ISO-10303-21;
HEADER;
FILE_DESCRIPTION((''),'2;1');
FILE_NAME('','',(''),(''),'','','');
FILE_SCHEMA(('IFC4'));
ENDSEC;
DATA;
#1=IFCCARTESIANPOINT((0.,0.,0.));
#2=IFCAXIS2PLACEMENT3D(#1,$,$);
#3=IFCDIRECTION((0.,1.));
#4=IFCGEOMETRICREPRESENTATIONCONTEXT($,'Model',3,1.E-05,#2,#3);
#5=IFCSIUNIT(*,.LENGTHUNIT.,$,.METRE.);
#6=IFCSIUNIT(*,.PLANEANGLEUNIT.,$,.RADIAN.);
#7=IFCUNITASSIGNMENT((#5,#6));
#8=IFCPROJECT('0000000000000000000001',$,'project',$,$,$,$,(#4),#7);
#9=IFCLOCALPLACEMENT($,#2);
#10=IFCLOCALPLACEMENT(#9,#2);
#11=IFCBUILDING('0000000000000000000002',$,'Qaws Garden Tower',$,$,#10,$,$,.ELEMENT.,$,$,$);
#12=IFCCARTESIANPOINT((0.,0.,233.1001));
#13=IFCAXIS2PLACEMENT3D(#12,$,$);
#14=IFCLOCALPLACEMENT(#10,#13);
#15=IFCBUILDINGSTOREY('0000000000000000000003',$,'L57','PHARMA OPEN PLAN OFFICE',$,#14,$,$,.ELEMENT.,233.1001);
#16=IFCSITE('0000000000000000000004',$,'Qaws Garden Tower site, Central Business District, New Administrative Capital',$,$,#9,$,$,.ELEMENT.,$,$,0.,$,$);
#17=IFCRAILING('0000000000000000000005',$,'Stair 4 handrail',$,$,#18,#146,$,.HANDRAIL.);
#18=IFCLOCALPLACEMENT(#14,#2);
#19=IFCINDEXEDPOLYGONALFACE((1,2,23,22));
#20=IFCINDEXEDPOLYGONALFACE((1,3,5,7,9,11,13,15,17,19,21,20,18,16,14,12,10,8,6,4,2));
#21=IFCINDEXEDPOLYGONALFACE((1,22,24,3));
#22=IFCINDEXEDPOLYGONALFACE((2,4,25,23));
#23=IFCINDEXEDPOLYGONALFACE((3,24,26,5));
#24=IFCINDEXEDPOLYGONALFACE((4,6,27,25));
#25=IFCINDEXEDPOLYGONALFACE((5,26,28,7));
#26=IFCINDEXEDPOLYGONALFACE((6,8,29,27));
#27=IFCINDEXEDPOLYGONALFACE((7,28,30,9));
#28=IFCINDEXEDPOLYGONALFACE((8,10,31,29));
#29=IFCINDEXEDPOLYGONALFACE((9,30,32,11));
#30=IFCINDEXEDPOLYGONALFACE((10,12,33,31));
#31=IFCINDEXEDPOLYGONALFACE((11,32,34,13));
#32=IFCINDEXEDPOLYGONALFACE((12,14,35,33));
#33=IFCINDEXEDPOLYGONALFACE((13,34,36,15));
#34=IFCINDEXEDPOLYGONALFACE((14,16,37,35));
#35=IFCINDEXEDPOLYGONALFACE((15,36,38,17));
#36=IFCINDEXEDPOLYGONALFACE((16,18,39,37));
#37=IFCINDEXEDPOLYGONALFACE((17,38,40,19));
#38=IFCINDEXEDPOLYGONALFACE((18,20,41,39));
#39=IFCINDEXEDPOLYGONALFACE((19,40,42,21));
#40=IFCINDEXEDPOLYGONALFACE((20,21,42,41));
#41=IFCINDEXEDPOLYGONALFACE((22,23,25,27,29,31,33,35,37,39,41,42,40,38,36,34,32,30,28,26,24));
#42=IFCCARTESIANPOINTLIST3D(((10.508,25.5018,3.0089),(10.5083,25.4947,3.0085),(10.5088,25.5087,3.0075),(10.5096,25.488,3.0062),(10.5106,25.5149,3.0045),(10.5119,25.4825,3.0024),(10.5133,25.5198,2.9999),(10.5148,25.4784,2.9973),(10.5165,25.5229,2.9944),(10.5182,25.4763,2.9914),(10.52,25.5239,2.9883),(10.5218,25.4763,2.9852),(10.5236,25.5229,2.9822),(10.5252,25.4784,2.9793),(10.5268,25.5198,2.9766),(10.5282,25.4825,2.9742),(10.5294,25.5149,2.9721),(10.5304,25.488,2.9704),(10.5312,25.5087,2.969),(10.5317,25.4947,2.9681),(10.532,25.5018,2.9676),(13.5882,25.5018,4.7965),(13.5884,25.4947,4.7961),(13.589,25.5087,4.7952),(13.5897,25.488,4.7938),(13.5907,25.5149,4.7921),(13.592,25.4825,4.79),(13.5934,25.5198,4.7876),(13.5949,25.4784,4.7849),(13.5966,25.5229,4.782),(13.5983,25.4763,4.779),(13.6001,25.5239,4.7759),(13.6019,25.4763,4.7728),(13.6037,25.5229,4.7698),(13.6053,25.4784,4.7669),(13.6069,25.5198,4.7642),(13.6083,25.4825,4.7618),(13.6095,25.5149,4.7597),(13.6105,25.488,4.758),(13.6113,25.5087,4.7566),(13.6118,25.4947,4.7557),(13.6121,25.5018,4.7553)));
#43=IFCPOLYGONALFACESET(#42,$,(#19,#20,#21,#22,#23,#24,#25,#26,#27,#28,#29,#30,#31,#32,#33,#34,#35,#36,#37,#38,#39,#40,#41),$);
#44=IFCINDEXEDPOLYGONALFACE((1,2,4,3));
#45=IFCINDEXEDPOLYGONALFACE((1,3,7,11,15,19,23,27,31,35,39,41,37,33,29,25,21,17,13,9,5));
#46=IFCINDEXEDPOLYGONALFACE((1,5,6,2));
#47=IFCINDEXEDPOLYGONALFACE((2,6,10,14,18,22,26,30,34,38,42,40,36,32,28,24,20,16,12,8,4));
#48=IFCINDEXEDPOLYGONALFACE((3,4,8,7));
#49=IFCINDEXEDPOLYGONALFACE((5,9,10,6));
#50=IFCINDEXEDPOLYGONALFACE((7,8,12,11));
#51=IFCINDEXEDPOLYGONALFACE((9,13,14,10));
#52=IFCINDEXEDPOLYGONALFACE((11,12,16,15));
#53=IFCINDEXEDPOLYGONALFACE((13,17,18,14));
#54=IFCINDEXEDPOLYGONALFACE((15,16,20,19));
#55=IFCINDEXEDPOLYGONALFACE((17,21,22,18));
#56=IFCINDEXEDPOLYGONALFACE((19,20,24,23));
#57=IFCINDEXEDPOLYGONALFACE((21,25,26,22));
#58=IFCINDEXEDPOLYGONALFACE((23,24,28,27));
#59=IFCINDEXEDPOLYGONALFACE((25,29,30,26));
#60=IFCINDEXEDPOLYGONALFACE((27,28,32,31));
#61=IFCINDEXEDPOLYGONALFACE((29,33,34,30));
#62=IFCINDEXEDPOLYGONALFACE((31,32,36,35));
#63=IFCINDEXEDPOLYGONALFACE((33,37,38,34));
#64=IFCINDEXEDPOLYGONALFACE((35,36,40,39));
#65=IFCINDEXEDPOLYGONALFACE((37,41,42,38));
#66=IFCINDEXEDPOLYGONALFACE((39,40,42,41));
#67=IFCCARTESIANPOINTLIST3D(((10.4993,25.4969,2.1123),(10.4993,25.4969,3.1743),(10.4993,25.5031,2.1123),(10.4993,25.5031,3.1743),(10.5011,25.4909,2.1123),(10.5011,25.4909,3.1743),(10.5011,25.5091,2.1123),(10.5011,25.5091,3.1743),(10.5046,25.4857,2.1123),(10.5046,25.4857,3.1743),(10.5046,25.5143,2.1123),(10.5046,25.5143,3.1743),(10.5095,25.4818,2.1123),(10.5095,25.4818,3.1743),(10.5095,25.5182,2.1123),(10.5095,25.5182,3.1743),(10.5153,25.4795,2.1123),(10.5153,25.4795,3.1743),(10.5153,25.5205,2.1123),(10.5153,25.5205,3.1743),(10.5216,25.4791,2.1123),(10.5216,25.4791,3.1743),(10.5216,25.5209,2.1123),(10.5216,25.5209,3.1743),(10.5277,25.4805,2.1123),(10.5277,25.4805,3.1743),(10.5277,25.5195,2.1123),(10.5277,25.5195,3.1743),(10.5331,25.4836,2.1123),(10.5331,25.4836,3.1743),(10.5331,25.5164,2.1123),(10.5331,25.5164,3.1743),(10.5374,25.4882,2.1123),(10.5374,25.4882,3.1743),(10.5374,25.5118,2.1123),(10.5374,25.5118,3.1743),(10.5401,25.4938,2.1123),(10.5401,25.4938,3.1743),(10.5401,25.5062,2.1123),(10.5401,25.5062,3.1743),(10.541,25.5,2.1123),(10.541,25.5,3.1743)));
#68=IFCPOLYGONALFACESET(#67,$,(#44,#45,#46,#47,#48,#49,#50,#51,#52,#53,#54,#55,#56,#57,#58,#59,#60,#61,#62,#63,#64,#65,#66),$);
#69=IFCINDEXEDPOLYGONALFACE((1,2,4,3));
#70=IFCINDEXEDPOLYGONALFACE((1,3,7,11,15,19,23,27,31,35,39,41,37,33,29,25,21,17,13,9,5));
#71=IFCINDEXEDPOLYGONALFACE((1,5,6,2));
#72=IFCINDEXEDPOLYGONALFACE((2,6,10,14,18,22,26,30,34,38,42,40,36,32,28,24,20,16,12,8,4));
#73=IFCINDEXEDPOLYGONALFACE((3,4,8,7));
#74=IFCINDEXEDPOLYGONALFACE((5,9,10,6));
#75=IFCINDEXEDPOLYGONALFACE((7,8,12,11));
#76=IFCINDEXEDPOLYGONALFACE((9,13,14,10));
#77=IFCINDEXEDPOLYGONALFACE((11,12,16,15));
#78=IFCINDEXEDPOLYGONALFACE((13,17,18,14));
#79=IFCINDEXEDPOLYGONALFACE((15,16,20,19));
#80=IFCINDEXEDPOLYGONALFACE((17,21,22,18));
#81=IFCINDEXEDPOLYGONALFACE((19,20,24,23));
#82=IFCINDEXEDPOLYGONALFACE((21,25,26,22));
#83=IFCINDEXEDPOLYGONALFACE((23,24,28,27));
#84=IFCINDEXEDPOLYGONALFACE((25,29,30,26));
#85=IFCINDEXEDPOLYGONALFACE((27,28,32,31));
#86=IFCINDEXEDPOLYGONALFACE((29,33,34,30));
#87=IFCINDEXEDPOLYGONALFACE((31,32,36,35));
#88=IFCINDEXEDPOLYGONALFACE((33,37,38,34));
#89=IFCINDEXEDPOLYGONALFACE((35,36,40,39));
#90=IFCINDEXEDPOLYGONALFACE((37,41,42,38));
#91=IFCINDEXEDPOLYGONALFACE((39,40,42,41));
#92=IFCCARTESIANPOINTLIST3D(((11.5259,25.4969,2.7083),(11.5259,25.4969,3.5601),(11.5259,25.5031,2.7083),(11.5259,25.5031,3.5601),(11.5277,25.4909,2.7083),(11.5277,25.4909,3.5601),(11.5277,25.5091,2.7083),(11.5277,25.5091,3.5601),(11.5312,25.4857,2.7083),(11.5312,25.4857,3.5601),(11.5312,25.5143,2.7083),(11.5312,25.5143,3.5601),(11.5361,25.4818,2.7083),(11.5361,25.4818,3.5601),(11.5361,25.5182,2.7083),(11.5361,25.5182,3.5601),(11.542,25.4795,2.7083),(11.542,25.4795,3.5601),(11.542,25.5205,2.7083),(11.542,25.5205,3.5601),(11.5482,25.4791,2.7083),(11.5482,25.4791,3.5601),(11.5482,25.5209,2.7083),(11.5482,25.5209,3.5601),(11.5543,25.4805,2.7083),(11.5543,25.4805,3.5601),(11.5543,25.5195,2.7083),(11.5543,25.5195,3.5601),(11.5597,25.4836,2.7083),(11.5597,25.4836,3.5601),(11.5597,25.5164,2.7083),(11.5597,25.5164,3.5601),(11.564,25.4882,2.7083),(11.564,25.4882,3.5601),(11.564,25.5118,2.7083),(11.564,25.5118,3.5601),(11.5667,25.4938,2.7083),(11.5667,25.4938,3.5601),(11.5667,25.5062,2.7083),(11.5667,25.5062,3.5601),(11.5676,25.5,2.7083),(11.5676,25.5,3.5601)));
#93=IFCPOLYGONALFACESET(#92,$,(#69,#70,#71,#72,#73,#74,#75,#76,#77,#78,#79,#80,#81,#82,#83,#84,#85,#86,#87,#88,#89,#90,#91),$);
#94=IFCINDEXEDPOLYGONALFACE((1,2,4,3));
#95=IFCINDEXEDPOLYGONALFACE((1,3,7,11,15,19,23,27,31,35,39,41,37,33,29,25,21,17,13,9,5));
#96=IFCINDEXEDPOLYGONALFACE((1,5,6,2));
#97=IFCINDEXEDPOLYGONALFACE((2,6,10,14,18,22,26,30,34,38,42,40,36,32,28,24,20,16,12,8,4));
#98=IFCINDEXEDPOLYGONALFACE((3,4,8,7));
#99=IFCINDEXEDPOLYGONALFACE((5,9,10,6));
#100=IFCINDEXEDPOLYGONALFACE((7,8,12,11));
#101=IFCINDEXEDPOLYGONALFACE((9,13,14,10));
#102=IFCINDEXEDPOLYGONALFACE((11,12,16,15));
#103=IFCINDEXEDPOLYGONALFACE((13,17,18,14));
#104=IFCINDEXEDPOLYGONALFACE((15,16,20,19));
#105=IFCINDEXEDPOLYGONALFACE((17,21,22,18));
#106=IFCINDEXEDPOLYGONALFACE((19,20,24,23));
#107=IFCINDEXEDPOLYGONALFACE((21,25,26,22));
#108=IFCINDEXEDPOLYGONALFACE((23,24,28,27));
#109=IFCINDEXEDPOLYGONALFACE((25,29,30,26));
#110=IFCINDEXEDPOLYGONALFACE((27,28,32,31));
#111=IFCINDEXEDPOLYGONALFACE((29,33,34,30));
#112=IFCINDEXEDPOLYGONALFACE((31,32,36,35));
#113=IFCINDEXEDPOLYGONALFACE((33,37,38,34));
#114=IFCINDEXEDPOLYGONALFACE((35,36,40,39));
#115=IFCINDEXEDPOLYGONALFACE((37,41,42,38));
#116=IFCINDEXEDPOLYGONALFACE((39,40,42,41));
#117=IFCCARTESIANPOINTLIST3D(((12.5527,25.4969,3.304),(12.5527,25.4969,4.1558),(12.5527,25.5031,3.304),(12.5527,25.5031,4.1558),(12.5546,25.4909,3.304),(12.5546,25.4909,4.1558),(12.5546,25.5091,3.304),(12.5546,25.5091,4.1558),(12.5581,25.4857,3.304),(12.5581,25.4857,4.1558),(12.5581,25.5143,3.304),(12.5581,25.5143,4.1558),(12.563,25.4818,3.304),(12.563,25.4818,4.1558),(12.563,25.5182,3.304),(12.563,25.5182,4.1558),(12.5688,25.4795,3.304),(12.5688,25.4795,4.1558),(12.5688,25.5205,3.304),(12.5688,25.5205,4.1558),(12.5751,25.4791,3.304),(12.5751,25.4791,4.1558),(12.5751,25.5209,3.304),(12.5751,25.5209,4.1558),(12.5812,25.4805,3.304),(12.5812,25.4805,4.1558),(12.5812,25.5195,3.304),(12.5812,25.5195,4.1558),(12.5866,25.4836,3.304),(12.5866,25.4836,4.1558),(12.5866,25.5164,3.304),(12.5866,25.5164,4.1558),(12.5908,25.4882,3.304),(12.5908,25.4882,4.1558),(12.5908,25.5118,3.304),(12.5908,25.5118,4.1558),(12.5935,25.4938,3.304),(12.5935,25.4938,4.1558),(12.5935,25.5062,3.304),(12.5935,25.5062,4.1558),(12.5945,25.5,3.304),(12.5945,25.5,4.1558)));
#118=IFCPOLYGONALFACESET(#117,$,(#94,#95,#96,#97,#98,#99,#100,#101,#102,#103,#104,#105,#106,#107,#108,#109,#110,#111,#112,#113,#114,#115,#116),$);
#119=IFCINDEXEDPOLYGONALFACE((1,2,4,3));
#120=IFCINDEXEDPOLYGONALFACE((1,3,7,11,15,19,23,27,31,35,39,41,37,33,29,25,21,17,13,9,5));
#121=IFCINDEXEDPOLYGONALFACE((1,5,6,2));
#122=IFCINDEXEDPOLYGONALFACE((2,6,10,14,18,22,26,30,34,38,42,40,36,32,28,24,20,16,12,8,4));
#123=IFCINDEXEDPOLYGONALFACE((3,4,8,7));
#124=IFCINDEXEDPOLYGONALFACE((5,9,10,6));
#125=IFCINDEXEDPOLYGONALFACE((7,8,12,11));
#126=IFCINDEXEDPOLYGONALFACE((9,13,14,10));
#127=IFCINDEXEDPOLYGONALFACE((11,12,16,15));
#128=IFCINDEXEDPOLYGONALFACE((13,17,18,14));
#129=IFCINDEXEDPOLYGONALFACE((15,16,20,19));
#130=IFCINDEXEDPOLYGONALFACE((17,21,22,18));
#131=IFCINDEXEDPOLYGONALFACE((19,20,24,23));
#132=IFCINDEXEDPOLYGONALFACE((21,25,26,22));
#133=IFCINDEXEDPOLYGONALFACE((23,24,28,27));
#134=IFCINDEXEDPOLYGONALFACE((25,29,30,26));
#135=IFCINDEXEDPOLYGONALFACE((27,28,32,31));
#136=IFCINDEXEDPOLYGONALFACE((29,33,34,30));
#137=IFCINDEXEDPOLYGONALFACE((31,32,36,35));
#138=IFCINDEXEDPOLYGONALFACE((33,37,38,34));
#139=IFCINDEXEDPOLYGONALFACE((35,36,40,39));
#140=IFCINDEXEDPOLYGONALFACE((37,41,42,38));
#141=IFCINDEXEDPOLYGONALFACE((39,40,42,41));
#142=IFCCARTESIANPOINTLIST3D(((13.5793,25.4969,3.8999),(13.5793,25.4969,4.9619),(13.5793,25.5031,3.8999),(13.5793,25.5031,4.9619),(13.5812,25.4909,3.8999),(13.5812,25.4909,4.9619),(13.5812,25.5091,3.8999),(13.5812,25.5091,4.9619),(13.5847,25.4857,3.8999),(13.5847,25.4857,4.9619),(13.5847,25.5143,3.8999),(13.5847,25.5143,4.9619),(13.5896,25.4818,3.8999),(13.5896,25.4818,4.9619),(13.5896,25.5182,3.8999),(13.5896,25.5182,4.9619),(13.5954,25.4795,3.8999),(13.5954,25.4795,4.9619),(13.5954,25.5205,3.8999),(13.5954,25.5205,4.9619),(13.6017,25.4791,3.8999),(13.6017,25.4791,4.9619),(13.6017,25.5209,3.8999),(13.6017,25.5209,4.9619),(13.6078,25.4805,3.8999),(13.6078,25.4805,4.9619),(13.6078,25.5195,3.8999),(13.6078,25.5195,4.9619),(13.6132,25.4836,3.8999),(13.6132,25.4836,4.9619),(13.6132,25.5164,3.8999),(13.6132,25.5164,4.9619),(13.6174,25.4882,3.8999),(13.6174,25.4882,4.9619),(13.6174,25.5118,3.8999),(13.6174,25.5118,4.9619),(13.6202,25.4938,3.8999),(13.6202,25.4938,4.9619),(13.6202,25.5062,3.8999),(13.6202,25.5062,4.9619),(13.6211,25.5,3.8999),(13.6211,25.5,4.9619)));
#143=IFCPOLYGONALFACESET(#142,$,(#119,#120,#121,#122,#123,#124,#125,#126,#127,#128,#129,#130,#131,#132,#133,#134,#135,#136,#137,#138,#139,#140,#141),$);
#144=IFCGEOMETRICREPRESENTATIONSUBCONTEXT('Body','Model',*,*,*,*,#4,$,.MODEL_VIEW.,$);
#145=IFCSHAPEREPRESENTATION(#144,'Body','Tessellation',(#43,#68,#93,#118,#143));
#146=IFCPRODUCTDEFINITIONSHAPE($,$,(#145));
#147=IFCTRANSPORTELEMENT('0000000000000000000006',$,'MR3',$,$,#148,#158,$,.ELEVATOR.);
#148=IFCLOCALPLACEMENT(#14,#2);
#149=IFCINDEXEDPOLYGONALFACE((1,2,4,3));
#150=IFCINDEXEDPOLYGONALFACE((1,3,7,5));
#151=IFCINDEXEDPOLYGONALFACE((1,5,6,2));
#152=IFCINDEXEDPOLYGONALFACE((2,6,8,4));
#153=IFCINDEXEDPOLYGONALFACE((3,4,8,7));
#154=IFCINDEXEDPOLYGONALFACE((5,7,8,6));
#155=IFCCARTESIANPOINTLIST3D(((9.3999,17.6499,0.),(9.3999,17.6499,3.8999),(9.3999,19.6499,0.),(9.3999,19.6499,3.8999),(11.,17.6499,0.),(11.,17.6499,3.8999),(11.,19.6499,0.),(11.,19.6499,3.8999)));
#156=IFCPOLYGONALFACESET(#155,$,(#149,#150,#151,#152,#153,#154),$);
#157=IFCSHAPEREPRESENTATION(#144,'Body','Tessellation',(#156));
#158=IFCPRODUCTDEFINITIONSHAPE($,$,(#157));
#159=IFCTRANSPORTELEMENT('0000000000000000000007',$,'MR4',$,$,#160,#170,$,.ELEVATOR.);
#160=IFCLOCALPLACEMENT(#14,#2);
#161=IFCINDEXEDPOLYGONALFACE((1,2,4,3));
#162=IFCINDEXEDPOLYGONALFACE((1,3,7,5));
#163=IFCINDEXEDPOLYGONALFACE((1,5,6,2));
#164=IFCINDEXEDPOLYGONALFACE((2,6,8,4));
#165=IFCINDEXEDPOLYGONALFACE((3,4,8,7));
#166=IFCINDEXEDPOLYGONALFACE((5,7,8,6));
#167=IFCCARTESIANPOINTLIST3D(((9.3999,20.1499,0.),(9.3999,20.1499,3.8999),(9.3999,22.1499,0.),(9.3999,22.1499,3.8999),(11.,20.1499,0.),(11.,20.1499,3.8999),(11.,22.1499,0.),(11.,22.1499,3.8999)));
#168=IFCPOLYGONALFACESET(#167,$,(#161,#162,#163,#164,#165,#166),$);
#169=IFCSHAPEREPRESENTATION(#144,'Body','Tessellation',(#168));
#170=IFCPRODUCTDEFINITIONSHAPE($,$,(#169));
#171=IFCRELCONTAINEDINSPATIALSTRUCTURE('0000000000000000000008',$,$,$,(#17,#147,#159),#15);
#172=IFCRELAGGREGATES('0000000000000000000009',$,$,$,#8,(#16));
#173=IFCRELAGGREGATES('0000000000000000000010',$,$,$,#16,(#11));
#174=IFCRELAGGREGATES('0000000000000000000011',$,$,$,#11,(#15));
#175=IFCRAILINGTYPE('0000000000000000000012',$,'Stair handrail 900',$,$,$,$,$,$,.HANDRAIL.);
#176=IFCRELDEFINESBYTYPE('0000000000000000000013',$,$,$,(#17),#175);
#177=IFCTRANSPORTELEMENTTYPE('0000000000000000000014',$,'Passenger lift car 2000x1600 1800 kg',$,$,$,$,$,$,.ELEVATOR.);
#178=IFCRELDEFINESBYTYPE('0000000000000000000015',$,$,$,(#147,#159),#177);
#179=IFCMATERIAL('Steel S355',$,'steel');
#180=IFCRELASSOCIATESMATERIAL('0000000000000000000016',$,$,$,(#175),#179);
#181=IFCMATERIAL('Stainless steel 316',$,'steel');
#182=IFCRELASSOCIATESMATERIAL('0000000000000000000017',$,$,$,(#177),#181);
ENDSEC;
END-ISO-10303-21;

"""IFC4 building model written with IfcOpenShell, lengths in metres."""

from ifc_helpers import new_model, si_unit, direction, frame, origin, origin_2d, place, context, subcontext, project, spatial, rectangle, circle, extrude, material, type_object, element, save


model = new_model("IFC4")

# Units and contexts
model_context = context("Model", 3, precision=1e-05, world=origin(), true_north=direction((0.0, 1.0)))
body_context = subcontext(model_context, "Body", "Model", "MODEL_VIEW")
ifc_project = project(units=[si_unit("LENGTHUNIT", "METRE"), si_unit("PLANEANGLEUNIT", "RADIAN")], contexts=[model_context])

# Site, building, storey
site_placement = place(None, origin())
site = spatial("IfcSite", under=ifc_project, at=site_placement, Name="Qaws Garden Tower site, Central Business District, New Administrative Capital", CompositionType="ELEMENT", RefElevation=0.0)
building_placement = place(site_placement, origin())
building = spatial("IfcBuilding", under=site, at=building_placement, Name="Qaws Garden Tower", CompositionType="ELEMENT")
storey_placement = place(building_placement, frame((0.0, 0.0, 233.1001)))
storey = spatial("IfcBuildingStorey", under=building, at=storey_placement, Name="L57", Description="PHARMA OPEN PLAN OFFICE", CompositionType="ELEMENT", Elevation=233.1001)

# Railing
ifc_material_1 = material(Name="Steel S355", Category="steel")
railing_type = type_object("IfcRailingType", Name="Stair handrail 900", PredefinedType="HANDRAIL", material=ifc_material_1)
railing_1_placement = place(storey_placement, frame((10.52, 25.5, 2.1123)))
element("IfcRailing", 1, at=railing_1_placement, inside=storey, type_object=railing_type, Name="Stair 4 handrail", PredefinedType="HANDRAIL", context=body_context, shape_type="SweptSolid", body=[
    extrude(circle(Radius=0.0239, at=origin_2d()), frame((0.0, 0.0, 0.876), z_axis=(0.864891, 0.0, 0.50196), x_axis=(0.0, 1.0, 0.0)), (0.0, 0.0, 1.0), 3.5613),
    extrude(circle(Radius=0.021, at=origin_2d()), origin(), (0.0, 0.0, 1.0), 1.062),
    extrude(circle(Radius=0.021, at=origin_2d()), frame((1.0266, 0.0, 0.5959)), (0.0, 0.0, 1.0), 0.8518),
    extrude(circle(Radius=0.021, at=origin_2d()), frame((2.0535, 0.0, 1.1917)), (0.0, 0.0, 1.0), 0.8518),
    extrude(circle(Radius=0.021, at=origin_2d()), frame((3.0801, 0.0, 1.7876)), (0.0, 0.0, 1.0), 1.062),
])

# Transport elements
ifc_material_2 = material(Name="Stainless steel 316", Category="steel")
transport_element_type = type_object("IfcTransportElementType", Name="Passenger lift car 2000x1600 1800 kg", PredefinedType="ELEVATOR", material=ifc_material_2)
for number, where, z_axis, x_axis, name in (
    (2, (10.2, 18.6499, 0.0), (0.0, 0.0, 1.0), (1.0, 0.0, 0.0), "MR3"),
    (3, (10.2, 21.1499, 0.0), (0.0, 0.0, 1.0), (1.0, 0.0, 0.0), "MR4"),
):
    element("IfcTransportElement", number, at=place(storey_placement, frame(where, z_axis=z_axis, x_axis=x_axis)), inside=storey, type_object=transport_element_type, Name=name, PredefinedType="ELEVATOR", context=body_context, shape_type="SweptSolid", body=[
        extrude(rectangle(XDim=1.6001, YDim=2.0, at=origin_2d()), origin(), (0.0, 0.0, 1.0), 3.8999),
    ])

save(model, "model.ifc")
